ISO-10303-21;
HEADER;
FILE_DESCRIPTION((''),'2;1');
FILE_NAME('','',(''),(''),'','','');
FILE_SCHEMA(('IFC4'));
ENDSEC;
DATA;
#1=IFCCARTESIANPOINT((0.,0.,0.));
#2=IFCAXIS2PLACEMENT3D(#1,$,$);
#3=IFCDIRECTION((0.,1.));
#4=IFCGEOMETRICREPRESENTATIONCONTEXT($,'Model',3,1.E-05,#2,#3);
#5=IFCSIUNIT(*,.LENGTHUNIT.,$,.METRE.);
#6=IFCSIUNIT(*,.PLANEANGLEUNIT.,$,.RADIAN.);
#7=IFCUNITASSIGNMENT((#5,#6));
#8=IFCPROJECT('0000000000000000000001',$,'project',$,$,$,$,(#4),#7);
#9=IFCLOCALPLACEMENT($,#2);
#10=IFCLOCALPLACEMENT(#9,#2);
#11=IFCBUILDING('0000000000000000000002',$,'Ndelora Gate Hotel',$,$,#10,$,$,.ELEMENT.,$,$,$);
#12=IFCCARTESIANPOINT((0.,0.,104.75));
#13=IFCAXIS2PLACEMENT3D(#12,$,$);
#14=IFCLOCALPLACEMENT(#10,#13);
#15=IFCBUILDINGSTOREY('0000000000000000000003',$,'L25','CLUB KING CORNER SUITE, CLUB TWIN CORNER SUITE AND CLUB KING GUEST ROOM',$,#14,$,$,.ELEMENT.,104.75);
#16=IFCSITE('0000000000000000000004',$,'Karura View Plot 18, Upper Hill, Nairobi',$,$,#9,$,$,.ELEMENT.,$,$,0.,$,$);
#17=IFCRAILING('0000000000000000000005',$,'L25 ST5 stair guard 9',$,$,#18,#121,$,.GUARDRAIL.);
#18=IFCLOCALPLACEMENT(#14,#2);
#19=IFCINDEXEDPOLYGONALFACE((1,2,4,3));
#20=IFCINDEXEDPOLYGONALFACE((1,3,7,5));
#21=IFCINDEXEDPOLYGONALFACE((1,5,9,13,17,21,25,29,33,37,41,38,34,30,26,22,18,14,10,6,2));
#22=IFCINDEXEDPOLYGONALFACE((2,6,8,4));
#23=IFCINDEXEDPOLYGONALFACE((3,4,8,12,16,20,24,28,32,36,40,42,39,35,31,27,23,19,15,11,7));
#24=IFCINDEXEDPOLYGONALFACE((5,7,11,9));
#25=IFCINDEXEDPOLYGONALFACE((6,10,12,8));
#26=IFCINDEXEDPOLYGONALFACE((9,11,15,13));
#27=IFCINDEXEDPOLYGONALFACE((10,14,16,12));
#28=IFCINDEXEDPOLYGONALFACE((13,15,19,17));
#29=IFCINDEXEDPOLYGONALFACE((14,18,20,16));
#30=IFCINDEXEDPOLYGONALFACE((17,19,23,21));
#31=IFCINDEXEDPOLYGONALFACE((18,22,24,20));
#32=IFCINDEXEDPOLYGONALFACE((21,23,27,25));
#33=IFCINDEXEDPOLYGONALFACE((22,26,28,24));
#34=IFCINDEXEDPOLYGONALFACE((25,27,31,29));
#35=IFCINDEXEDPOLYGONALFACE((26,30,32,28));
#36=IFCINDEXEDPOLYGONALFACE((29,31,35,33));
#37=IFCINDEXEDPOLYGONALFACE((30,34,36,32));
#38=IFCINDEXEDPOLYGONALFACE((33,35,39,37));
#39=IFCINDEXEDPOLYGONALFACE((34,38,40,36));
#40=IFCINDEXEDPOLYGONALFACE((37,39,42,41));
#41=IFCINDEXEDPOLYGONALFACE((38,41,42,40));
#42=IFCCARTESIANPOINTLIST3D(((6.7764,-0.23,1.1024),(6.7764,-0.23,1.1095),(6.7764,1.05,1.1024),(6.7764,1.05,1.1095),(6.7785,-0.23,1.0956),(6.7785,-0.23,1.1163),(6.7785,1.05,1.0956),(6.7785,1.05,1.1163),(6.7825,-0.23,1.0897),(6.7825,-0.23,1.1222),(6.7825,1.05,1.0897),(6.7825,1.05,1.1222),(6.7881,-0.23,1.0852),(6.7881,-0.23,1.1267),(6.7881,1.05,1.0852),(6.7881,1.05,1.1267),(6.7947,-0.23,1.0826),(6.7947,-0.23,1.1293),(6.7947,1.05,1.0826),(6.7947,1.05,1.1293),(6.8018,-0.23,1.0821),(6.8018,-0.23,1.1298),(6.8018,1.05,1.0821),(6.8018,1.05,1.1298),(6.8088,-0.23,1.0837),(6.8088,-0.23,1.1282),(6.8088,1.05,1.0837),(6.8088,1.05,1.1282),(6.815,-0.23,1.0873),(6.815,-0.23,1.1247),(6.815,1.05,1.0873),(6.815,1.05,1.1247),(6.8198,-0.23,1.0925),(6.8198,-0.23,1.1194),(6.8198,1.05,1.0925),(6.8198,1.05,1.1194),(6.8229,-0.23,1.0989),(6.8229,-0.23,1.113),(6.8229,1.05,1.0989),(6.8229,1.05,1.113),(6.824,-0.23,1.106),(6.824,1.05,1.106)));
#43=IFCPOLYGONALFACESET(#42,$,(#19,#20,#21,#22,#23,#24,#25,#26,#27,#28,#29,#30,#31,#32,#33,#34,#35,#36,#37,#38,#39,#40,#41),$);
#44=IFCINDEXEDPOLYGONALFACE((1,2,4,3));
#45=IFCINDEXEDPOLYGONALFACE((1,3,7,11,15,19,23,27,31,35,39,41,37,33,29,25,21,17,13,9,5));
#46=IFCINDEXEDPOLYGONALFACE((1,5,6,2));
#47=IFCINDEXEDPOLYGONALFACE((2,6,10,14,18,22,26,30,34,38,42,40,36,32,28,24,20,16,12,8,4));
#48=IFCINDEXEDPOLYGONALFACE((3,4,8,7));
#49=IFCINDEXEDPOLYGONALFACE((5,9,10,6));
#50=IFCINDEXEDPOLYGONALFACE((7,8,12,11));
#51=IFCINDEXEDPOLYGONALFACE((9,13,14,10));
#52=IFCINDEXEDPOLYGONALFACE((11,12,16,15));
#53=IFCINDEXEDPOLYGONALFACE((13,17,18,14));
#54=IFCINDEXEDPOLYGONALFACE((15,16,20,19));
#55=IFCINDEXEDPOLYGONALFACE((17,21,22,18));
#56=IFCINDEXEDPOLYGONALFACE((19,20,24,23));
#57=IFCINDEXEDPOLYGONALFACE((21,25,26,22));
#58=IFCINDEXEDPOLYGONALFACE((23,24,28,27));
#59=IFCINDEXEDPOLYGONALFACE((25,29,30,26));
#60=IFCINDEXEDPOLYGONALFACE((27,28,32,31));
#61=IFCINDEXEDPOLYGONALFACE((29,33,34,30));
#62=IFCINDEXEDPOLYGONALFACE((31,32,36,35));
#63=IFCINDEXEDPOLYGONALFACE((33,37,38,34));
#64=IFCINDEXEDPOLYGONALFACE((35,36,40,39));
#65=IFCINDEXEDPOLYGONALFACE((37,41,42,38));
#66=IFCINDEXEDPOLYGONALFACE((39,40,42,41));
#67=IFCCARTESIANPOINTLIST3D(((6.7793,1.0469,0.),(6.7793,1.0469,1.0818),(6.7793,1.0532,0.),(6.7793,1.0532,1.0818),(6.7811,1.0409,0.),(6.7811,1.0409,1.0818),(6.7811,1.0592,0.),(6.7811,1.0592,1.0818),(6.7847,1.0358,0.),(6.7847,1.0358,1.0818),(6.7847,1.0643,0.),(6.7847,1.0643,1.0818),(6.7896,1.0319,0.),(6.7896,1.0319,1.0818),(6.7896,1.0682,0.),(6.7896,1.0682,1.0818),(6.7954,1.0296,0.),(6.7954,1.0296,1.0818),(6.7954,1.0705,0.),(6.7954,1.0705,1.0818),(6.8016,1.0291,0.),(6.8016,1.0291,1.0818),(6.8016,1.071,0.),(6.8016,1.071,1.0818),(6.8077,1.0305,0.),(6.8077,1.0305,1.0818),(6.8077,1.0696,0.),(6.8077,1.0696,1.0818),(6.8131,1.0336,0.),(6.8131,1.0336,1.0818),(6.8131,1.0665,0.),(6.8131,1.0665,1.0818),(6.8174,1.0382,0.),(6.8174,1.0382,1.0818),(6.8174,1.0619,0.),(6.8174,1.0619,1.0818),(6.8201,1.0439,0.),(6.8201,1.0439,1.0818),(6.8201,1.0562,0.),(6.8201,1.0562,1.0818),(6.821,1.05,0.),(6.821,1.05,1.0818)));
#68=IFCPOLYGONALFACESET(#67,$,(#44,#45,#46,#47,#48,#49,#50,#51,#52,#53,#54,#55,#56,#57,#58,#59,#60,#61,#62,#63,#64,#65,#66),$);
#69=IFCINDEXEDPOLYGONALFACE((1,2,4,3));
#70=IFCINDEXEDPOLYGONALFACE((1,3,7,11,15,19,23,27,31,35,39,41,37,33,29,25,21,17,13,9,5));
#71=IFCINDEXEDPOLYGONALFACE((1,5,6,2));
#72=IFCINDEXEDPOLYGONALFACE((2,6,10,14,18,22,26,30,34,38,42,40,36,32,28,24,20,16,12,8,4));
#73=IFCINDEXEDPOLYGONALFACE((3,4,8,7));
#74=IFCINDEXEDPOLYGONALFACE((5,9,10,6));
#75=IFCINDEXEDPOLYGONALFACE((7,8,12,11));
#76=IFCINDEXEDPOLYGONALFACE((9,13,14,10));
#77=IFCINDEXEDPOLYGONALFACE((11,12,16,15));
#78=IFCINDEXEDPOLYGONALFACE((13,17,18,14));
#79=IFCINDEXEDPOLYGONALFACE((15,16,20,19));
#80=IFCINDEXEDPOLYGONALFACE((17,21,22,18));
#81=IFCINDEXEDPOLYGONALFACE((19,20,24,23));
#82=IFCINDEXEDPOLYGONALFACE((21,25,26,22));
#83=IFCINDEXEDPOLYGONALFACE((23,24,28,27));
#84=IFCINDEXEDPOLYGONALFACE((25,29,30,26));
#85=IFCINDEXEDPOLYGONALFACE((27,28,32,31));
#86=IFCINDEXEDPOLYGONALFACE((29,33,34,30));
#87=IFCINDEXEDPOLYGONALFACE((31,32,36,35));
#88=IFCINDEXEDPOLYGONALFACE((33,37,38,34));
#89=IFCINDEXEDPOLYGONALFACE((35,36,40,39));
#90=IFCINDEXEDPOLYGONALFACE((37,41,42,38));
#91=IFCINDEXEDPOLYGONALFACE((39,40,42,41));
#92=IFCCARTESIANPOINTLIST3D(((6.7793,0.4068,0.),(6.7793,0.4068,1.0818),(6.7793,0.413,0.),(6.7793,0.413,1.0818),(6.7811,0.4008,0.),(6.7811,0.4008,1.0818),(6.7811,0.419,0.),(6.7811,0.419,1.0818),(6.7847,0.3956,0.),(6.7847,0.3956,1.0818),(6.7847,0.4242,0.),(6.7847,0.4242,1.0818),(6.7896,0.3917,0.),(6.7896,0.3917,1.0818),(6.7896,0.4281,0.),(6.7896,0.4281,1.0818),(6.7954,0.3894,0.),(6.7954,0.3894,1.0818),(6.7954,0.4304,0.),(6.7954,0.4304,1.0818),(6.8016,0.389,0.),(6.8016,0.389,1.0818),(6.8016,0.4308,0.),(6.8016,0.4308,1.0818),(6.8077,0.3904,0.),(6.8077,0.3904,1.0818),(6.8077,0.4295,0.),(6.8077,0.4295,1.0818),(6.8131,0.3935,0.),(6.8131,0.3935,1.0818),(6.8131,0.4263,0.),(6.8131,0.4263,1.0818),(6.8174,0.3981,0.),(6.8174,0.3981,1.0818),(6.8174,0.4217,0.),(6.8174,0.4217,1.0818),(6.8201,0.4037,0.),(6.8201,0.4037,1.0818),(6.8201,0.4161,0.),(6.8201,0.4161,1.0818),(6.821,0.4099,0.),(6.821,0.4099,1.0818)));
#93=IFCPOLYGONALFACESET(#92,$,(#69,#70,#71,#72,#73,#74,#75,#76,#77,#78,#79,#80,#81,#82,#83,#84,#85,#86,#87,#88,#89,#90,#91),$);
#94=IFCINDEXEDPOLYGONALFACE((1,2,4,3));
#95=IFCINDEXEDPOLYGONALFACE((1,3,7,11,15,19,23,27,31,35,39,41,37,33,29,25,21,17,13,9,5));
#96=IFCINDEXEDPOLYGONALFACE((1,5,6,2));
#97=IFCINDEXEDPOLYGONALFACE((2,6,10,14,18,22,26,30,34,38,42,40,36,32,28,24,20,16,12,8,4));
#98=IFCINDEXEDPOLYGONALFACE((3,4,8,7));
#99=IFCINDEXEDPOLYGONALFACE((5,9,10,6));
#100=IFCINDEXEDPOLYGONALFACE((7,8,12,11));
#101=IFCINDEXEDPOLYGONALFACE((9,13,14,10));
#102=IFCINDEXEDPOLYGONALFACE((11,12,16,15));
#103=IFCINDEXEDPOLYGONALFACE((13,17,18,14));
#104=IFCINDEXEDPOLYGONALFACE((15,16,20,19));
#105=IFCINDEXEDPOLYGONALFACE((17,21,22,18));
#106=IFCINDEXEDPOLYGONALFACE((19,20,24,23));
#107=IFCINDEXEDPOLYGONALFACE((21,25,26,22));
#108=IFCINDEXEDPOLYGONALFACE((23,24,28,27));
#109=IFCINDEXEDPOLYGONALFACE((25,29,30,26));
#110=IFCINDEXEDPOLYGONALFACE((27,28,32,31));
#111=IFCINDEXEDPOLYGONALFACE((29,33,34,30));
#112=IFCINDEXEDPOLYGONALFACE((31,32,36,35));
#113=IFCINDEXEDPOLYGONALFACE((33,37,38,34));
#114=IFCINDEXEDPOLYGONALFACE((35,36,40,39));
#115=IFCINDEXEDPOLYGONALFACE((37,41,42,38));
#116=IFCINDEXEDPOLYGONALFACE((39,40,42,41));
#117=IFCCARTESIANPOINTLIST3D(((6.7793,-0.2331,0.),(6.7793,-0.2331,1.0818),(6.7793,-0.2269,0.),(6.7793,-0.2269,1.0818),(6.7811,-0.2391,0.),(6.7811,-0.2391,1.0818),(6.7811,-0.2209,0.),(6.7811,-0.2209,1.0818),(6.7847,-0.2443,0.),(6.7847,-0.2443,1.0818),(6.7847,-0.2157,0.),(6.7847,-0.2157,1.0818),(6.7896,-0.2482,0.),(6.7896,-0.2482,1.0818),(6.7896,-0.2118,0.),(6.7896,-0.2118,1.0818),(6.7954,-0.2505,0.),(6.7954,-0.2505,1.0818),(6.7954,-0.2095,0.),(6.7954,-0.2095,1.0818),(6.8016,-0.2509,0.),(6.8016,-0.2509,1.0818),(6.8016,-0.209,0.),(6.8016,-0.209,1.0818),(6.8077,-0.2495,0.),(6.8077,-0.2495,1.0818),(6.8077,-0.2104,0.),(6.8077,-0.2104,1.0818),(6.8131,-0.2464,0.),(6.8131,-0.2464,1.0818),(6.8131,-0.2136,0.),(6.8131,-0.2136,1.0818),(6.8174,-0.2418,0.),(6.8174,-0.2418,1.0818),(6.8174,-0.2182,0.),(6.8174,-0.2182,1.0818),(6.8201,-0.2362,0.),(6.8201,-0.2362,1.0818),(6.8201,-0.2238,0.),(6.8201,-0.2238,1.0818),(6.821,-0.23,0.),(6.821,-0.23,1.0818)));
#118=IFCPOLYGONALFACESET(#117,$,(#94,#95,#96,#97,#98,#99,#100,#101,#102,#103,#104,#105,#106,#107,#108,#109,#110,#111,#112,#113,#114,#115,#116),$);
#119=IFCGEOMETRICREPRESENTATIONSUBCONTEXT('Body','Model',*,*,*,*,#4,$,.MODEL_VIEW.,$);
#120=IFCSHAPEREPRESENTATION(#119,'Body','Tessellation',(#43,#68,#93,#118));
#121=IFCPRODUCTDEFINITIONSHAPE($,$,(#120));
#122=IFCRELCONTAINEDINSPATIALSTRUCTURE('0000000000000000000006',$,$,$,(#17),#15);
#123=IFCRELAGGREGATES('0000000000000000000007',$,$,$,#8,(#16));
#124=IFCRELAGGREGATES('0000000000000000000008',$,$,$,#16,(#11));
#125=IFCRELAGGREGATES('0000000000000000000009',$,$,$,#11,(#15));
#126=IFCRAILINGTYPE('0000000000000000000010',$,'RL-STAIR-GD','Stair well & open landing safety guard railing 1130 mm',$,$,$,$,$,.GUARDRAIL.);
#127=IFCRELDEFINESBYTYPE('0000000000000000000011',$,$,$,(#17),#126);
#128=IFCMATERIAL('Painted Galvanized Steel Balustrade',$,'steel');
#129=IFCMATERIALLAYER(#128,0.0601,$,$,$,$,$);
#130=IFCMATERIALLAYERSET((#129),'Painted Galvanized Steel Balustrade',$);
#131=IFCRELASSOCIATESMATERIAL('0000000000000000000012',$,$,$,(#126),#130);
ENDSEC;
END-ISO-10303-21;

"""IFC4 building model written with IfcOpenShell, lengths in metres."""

from ifc_helpers import new_model, si_unit, direction, frame, origin, origin_2d, place, context, subcontext, project, spatial, circle, extrude, material, layer, layer_set, type_object, element, save


model = new_model("IFC4")

# Units and contexts
model_context = context("Model", 3, precision=1e-05, world=origin(), true_north=direction((0.0, 1.0)))
body_context = subcontext(model_context, "Body", "Model", "MODEL_VIEW")
ifc_project = project(units=[si_unit("LENGTHUNIT", "METRE"), si_unit("PLANEANGLEUNIT", "RADIAN")], contexts=[model_context])

# Site, building, storey
site_placement = place(None, origin())
site = spatial("IfcSite", under=ifc_project, at=site_placement, Name="Karura View Plot 18, Upper Hill, Nairobi", CompositionType="ELEMENT", RefElevation=0.0)
building_placement = place(site_placement, origin())
building = spatial("IfcBuilding", under=site, at=building_placement, Name="Ndelora Gate Hotel", CompositionType="ELEMENT")
storey_placement = place(building_placement, frame((0.0, 0.0, 104.75)))
storey = spatial("IfcBuildingStorey", under=building, at=storey_placement, Name="L25", Description="CLUB KING CORNER SUITE, CLUB TWIN CORNER SUITE AND CLUB KING GUEST ROOM", CompositionType="ELEMENT", Elevation=104.75)

# Railing
ifc_material_1 = material(Name="Painted Galvanized Steel Balustrade", Category="steel")
ifc_layer_1 = layer(ifc_material_1, 0.0601)
ifc_layer_set_1 = layer_set([ifc_layer_1], Name="Painted Galvanized Steel Balustrade")
railing_type = type_object("IfcRailingType", Name="RL-STAIR-GD", Description="Stair well & open landing safety guard railing 1130 mm", PredefinedType="GUARDRAIL", material=ifc_layer_set_1)
for number, where, name in (
    (1, (6.8, 1.05, 0.0), "L25 ST5 stair guard 9"),
):
    element("IfcRailing", number, at=place(storey_placement, frame(where)), inside=storey, type_object=railing_type, Name=name, PredefinedType="GUARDRAIL", context=body_context, shape_type="SweptSolid", body=[
        extrude(circle(Radius=0.0239, at=origin_2d()), frame((0.0, 0.0, 1.106), z_axis=(0.0, -1.0, 0.0), x_axis=(1.0, 0.0, 0.0)), (0.0, 0.0, 1.0), 1.28),
        extrude(circle(Radius=0.021, at=origin_2d()), origin(), (0.0, 0.0, 1.0), 1.0818),
        extrude(circle(Radius=0.021, at=origin_2d()), frame((0.0, -0.6401, 0.0)), (0.0, 0.0, 1.0), 1.0818),
        extrude(circle(Radius=0.021, at=origin_2d()), frame((0.0, -1.28, 0.0)), (0.0, 0.0, 1.0), 1.0818),
    ])

save(model, "model.ifc")
